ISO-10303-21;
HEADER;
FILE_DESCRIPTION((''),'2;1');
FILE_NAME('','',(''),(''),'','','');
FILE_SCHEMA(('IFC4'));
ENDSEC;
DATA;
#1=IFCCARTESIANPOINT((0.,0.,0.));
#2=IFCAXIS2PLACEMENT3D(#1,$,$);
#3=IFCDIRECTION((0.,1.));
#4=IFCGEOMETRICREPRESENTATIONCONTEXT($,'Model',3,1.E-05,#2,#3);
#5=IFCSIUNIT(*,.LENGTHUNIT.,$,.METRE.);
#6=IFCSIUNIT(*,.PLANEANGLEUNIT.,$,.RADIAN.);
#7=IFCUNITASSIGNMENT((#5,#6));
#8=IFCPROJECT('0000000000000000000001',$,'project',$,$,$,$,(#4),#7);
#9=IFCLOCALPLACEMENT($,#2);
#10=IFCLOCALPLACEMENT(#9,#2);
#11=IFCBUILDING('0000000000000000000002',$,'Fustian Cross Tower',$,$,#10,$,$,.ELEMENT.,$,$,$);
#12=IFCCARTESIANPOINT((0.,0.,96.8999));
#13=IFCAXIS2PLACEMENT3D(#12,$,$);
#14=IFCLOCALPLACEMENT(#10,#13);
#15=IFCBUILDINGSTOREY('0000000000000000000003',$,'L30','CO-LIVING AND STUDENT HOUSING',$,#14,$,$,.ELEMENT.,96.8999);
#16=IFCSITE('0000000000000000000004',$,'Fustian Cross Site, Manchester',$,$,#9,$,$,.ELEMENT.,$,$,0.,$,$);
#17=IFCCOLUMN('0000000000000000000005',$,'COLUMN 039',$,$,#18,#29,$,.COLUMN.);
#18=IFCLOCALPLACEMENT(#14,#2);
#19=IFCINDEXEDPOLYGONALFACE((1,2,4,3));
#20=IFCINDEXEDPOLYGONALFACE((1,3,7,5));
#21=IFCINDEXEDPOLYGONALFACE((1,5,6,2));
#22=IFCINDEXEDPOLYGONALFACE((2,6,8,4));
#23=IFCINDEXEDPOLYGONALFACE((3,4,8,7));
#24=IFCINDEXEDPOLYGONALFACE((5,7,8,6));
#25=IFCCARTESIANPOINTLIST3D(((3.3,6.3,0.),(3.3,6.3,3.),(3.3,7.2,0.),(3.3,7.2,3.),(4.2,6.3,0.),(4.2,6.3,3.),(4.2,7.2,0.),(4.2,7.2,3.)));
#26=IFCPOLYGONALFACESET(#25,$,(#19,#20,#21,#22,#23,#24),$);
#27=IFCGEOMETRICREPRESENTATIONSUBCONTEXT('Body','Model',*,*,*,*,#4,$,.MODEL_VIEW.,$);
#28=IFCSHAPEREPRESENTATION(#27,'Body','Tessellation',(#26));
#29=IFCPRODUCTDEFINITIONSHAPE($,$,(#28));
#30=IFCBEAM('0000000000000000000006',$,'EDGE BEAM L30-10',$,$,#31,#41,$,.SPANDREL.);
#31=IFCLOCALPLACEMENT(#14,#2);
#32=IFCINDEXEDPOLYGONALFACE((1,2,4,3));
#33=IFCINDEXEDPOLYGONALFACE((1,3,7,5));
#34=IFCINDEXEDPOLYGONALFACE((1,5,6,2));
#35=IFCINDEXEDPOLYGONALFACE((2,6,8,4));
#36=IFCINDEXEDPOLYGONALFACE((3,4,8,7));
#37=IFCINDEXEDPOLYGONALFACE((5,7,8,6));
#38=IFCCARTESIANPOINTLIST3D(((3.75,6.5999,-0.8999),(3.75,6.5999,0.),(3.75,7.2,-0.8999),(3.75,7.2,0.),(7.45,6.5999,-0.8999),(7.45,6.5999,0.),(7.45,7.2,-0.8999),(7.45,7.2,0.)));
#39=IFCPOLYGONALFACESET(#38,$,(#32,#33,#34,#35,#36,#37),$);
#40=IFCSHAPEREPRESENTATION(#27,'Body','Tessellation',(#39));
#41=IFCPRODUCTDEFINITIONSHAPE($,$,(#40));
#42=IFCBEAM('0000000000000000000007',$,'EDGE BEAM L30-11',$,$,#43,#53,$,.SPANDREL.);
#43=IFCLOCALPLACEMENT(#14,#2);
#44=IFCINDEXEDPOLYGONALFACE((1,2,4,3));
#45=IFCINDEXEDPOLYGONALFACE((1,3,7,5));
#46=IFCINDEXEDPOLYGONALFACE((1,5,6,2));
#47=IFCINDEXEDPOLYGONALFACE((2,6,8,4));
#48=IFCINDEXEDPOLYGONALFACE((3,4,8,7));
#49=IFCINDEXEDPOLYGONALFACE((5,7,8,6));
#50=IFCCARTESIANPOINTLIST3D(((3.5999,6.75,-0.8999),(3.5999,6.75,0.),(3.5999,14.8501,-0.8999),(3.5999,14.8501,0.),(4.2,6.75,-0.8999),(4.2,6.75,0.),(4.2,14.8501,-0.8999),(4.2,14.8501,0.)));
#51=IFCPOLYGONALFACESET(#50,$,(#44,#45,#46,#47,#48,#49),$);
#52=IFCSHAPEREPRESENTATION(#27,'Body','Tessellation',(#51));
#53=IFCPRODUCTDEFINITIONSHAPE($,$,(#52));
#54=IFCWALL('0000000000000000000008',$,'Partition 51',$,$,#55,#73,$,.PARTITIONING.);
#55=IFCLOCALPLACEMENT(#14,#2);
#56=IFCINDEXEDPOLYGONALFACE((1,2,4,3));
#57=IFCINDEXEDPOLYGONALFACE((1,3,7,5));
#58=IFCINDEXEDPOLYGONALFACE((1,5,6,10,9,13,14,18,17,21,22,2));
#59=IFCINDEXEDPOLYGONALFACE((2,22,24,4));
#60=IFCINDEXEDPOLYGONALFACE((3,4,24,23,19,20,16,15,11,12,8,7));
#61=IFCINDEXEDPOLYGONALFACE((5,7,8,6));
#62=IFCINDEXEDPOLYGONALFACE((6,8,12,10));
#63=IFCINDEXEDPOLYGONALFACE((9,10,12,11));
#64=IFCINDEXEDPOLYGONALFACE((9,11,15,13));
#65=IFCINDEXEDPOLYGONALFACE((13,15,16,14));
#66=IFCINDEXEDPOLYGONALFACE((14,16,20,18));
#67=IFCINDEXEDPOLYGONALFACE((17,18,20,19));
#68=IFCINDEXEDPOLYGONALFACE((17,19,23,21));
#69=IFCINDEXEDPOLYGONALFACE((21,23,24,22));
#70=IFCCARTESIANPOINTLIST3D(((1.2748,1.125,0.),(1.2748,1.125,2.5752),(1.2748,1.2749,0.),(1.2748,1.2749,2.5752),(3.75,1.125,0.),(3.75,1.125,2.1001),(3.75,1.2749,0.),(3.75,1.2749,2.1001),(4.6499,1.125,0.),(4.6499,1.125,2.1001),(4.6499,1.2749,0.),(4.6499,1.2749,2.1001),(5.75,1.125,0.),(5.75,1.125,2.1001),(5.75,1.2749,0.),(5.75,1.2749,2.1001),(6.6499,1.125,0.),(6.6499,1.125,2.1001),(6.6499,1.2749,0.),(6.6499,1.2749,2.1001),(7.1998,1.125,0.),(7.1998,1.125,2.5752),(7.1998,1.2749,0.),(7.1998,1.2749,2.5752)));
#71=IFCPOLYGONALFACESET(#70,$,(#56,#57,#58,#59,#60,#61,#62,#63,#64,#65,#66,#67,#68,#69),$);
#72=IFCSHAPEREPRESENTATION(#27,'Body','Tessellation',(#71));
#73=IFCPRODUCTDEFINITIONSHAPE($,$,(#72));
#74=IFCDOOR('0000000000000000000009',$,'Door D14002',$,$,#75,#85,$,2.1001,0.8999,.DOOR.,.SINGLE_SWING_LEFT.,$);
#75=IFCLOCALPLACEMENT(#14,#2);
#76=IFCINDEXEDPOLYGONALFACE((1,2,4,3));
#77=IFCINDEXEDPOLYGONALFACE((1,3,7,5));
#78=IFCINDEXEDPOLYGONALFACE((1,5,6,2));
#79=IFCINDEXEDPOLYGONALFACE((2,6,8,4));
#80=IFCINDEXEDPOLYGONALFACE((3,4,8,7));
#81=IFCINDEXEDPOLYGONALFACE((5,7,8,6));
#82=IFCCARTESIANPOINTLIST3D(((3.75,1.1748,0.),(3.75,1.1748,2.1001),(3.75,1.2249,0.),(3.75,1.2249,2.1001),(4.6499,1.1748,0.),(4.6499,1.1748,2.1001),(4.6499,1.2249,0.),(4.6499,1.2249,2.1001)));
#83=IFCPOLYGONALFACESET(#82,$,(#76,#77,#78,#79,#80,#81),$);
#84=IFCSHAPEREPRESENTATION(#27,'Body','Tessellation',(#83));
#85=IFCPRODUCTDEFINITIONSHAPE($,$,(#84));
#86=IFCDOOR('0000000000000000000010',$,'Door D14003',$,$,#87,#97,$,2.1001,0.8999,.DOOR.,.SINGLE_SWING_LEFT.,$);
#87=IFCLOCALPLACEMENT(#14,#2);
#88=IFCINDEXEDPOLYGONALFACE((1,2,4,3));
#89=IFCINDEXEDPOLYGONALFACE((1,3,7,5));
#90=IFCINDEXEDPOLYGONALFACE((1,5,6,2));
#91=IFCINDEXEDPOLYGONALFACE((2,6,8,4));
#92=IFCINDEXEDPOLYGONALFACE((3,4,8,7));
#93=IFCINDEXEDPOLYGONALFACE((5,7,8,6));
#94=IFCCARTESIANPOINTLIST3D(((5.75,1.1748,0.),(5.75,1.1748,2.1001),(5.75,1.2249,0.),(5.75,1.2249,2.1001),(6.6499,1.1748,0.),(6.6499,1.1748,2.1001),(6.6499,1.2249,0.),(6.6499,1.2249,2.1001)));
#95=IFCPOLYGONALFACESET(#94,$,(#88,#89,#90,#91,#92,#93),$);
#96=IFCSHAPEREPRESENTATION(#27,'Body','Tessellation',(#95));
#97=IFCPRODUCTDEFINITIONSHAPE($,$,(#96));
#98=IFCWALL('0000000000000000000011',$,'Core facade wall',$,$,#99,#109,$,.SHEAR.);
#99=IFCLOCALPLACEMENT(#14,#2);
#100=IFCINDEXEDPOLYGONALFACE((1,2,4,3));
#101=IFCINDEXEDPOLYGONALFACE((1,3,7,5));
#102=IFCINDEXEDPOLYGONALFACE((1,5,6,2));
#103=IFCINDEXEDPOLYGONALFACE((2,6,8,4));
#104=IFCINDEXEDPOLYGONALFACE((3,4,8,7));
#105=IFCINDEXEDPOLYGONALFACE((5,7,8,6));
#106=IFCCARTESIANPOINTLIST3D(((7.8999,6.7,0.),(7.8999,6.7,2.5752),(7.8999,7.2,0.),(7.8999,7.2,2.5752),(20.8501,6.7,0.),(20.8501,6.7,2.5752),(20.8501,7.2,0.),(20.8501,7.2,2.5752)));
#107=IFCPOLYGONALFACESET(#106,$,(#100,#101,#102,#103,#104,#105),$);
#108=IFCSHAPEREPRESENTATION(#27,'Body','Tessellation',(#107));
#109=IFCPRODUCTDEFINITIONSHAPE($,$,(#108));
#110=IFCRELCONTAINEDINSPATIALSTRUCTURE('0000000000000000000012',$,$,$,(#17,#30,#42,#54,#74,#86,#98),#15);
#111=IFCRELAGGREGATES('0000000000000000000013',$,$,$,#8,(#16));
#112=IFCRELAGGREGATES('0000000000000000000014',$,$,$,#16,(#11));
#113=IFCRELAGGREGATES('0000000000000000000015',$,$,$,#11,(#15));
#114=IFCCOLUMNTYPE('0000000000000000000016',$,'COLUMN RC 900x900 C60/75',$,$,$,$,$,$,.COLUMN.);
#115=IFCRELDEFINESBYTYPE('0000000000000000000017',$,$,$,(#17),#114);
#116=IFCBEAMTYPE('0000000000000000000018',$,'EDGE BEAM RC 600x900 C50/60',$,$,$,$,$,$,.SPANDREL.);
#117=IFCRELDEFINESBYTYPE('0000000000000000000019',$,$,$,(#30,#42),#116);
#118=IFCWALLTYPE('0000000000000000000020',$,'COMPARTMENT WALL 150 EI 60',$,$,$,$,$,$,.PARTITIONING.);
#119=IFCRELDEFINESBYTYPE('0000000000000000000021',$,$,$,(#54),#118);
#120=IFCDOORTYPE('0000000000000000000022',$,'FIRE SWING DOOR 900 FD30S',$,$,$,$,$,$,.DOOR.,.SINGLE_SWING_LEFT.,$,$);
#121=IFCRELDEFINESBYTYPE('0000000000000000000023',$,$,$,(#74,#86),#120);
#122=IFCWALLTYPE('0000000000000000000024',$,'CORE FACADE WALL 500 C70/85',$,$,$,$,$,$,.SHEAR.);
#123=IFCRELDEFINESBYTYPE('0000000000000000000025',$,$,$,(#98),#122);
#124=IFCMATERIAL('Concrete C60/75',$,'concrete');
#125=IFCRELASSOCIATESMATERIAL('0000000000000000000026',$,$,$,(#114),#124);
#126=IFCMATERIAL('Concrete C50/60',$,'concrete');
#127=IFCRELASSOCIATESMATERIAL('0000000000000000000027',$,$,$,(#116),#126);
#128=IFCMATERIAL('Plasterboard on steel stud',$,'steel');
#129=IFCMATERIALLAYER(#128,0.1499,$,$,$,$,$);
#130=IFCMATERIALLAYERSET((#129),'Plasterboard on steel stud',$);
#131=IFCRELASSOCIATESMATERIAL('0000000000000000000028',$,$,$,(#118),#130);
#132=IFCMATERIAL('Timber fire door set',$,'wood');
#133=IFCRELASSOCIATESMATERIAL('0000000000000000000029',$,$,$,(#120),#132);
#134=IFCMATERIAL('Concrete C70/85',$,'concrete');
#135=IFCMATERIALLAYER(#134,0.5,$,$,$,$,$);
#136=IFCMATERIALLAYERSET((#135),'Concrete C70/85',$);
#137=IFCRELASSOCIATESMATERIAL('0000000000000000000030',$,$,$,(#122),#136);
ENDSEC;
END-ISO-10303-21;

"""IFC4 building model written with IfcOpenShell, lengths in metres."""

from ifc_helpers import new_model, si_unit, direction, frame, frame_2d, origin, origin_2d, place, context, subcontext, project, spatial, rectangle, extrude, material, layer, layer_set, material_profile, profile_set, type_object, element, fill, save


model = new_model("IFC4")

# Units and contexts
model_context = context("Model", 3, precision=1e-05, world=origin(), true_north=direction((0.0, 1.0)))
body_context = subcontext(model_context, "Body", "Model", "MODEL_VIEW")
ifc_project = project(units=[si_unit("LENGTHUNIT", "METRE"), si_unit("PLANEANGLEUNIT", "RADIAN")], contexts=[model_context])

# Site, building, storey
site_placement = place(None, origin())
site = spatial("IfcSite", under=ifc_project, at=site_placement, Name="Fustian Cross Site, Manchester", CompositionType="ELEMENT", RefElevation=0.0)
building_placement = place(site_placement, origin())
building = spatial("IfcBuilding", under=site, at=building_placement, Name="Fustian Cross Tower", CompositionType="ELEMENT")
storey_placement = place(building_placement, frame((0.0, 0.0, 96.8999)))
storey = spatial("IfcBuildingStorey", under=building, at=storey_placement, Name="L30", Description="CO-LIVING AND STUDENT HOUSING", CompositionType="ELEMENT", Elevation=96.8999)

# Column
ifc_material_1 = material(Name="Concrete C60/75", Category="concrete")
ifc_material_profile_1 = material_profile(ifc_material_1, rectangle(XDim=0.8999, YDim=0.8999, at=origin_2d()), Name="RC 900x900")
ifc_profile_set_1 = profile_set([ifc_material_profile_1], Name="Concrete C60/75")
column_type = type_object("IfcColumnType", Name="COLUMN RC 900x900 C60/75", PredefinedType="COLUMN", material=ifc_profile_set_1)
column_placement = place(storey_placement, frame((3.75, 6.75, 0.0), z_axis=(0.0, 0.0, 1.0), x_axis=(1.0, 0.0, 0.0)))
element("IfcColumn", 1, at=column_placement, inside=storey, type_object=column_type, Name="COLUMN 039", PredefinedType="COLUMN", context=body_context, shape_type="SweptSolid", body=[
    extrude(rectangle(XDim=0.8999, YDim=0.8999, at=origin_2d()), origin(), (0.0, 0.0, 1.0), 3.0),
])

# Beams
ifc_material_2 = material(Name="Concrete C50/60", Category="concrete")
ifc_material_profile_2 = material_profile(ifc_material_2, rectangle(XDim=0.6001, YDim=0.8999, at=origin_2d()), Name="RC 600x900")
ifc_profile_set_2 = profile_set([ifc_material_profile_2], Name="Concrete C50/60")
beam_type = type_object("IfcBeamType", Name="EDGE BEAM RC 600x900 C50/60", PredefinedType="SPANDREL", material=ifc_profile_set_2)
beam_1_placement = place(storey_placement, frame((7.45, 6.8999, -0.45), z_axis=(-1.0, 0.0, 0.0), x_axis=(0.0, -1.0, 0.0)))
element("IfcBeam", 2, at=beam_1_placement, inside=storey, type_object=beam_type, Name="EDGE BEAM L30-10", PredefinedType="SPANDREL", context=body_context, shape_type="SweptSolid", body=[
    extrude(rectangle(XDim=0.6001, YDim=0.8999, at=origin_2d()), origin(), (0.0, 0.0, 1.0), 3.7),
])
beam_2_placement = place(storey_placement, frame((3.8999, 6.75, -0.45), z_axis=(0.0, 1.0, 0.0), x_axis=(-1.0, 0.0, 0.0)))
element("IfcBeam", 3, at=beam_2_placement, inside=storey, type_object=beam_type, Name="EDGE BEAM L30-11", PredefinedType="SPANDREL", context=body_context, shape_type="SweptSolid", body=[
    extrude(rectangle(XDim=0.6001, YDim=0.8999, at=origin_2d()), origin(), (0.0, 0.0, 1.0), 8.1001),
])

# Wall, openings, doors
ifc_material_3 = material(Name="Plasterboard on steel stud", Category="steel")
ifc_layer_1 = layer(ifc_material_3, 0.1499)
ifc_layer_set_1 = layer_set([ifc_layer_1], Name="Plasterboard on steel stud")
wall_type_1 = type_object("IfcWallType", Name="COMPARTMENT WALL 150 EI 60", PredefinedType="PARTITIONING", material=ifc_layer_set_1)
wall_1_placement = place(storey_placement, frame((1.2749, 1.2, 0.0), z_axis=(0.0, 0.0, 1.0), x_axis=(1.0, 0.0, 0.0)))
wall_1 = element("IfcWall", 4, at=wall_1_placement, inside=storey, type_object=wall_type_1, Name="Partition 51", PredefinedType="PARTITIONING", context=body_context, shape_type="SweptSolid", body=[
    extrude(rectangle(XDim=5.925, YDim=0.1499, at=frame_2d((2.9624, 0.0))), origin(), (0.0, 0.0, 1.0), 2.5752),
])
opening_1_placement = place(wall_1_placement, frame((2.4751, 0.0, 0.0)))
opening_1 = element("IfcOpeningElement", 5, at=opening_1_placement, cuts=wall_1, PredefinedType="OPENING", context=body_context, shape_type="SweptSolid", body=[
    extrude(rectangle(XDim=0.8999, YDim=2.1001, at=frame_2d((0.45, 1.05))), frame((0.0, 0.085, 0.0), z_axis=(0.0, -1.0, 0.0), x_axis=(1.0, 0.0, 0.0)), (0.0, 0.0, 1.0), 0.1699),
])
opening_2_placement = place(wall_1_placement, frame((4.4751, 0.0, 0.0)))
opening_2 = element("IfcOpeningElement", 6, at=opening_2_placement, cuts=wall_1, PredefinedType="OPENING", context=body_context, shape_type="SweptSolid", body=[
    extrude(rectangle(XDim=0.8999, YDim=2.1001, at=frame_2d((0.45, 1.05))), frame((0.0, 0.085, 0.0), z_axis=(0.0, -1.0, 0.0), x_axis=(1.0, 0.0, 0.0)), (0.0, 0.0, 1.0), 0.1699),
])
ifc_material_4 = material(Name="Timber fire door set", Category="wood")
door_type_1 = type_object("IfcDoorType", Name="FIRE SWING DOOR 900 FD30S", OperationType="SINGLE_SWING_LEFT", PredefinedType="DOOR", material=ifc_material_4)
door_1_placement = place(opening_1_placement, origin())
door_1 = element("IfcDoor", 7, at=door_1_placement, inside=storey, type_object=door_type_1, Name="Door D14002", OperationType="SINGLE_SWING_LEFT", OverallHeight=2.1001, OverallWidth=0.8999, PredefinedType="DOOR", context=body_context, shape_type="SweptSolid", body=[
    extrude(rectangle(XDim=0.8999, YDim=2.1001, at=frame_2d((0.45, 1.05))), frame((0.0, 0.0249, 0.0), z_axis=(0.0, -1.0, 0.0), x_axis=(1.0, 0.0, 0.0)), (0.0, 0.0, 1.0), 0.05),
])
fill(opening_1, door_1)
door_2_placement = place(opening_2_placement, origin())
door_2 = element("IfcDoor", 8, at=door_2_placement, inside=storey, type_object=door_type_1, Name="Door D14003", OperationType="SINGLE_SWING_LEFT", OverallHeight=2.1001, OverallWidth=0.8999, PredefinedType="DOOR", context=body_context, shape_type="SweptSolid", body=[
    extrude(rectangle(XDim=0.8999, YDim=2.1001, at=frame_2d((0.45, 1.05))), frame((0.0, 0.0249, 0.0), z_axis=(0.0, -1.0, 0.0), x_axis=(1.0, 0.0, 0.0)), (0.0, 0.0, 1.0), 0.05),
])
fill(opening_2, door_2)

# Wall
ifc_material_5 = material(Name="Concrete C70/85", Category="concrete")
ifc_layer_2 = layer(ifc_material_5, 0.5)
ifc_layer_set_2 = layer_set([ifc_layer_2], Name="Concrete C70/85")
wall_type_2 = type_object("IfcWallType", Name="CORE FACADE WALL 500 C70/85", PredefinedType="SHEAR", material=ifc_layer_set_2)
wall_2_placement = place(storey_placement, frame((7.8999, 6.95, 0.0), z_axis=(0.0, 0.0, 1.0), x_axis=(1.0, 0.0, 0.0)))
element("IfcWall", 9, at=wall_2_placement, inside=storey, type_object=wall_type_2, Name="Core facade wall", PredefinedType="SHEAR", context=body_context, shape_type="SweptSolid", body=[
    extrude(rectangle(XDim=12.9502, YDim=0.5, at=frame_2d((6.4751, 0.0))), origin(), (0.0, 0.0, 1.0), 2.5752),
])

save(model, "model.ifc")
